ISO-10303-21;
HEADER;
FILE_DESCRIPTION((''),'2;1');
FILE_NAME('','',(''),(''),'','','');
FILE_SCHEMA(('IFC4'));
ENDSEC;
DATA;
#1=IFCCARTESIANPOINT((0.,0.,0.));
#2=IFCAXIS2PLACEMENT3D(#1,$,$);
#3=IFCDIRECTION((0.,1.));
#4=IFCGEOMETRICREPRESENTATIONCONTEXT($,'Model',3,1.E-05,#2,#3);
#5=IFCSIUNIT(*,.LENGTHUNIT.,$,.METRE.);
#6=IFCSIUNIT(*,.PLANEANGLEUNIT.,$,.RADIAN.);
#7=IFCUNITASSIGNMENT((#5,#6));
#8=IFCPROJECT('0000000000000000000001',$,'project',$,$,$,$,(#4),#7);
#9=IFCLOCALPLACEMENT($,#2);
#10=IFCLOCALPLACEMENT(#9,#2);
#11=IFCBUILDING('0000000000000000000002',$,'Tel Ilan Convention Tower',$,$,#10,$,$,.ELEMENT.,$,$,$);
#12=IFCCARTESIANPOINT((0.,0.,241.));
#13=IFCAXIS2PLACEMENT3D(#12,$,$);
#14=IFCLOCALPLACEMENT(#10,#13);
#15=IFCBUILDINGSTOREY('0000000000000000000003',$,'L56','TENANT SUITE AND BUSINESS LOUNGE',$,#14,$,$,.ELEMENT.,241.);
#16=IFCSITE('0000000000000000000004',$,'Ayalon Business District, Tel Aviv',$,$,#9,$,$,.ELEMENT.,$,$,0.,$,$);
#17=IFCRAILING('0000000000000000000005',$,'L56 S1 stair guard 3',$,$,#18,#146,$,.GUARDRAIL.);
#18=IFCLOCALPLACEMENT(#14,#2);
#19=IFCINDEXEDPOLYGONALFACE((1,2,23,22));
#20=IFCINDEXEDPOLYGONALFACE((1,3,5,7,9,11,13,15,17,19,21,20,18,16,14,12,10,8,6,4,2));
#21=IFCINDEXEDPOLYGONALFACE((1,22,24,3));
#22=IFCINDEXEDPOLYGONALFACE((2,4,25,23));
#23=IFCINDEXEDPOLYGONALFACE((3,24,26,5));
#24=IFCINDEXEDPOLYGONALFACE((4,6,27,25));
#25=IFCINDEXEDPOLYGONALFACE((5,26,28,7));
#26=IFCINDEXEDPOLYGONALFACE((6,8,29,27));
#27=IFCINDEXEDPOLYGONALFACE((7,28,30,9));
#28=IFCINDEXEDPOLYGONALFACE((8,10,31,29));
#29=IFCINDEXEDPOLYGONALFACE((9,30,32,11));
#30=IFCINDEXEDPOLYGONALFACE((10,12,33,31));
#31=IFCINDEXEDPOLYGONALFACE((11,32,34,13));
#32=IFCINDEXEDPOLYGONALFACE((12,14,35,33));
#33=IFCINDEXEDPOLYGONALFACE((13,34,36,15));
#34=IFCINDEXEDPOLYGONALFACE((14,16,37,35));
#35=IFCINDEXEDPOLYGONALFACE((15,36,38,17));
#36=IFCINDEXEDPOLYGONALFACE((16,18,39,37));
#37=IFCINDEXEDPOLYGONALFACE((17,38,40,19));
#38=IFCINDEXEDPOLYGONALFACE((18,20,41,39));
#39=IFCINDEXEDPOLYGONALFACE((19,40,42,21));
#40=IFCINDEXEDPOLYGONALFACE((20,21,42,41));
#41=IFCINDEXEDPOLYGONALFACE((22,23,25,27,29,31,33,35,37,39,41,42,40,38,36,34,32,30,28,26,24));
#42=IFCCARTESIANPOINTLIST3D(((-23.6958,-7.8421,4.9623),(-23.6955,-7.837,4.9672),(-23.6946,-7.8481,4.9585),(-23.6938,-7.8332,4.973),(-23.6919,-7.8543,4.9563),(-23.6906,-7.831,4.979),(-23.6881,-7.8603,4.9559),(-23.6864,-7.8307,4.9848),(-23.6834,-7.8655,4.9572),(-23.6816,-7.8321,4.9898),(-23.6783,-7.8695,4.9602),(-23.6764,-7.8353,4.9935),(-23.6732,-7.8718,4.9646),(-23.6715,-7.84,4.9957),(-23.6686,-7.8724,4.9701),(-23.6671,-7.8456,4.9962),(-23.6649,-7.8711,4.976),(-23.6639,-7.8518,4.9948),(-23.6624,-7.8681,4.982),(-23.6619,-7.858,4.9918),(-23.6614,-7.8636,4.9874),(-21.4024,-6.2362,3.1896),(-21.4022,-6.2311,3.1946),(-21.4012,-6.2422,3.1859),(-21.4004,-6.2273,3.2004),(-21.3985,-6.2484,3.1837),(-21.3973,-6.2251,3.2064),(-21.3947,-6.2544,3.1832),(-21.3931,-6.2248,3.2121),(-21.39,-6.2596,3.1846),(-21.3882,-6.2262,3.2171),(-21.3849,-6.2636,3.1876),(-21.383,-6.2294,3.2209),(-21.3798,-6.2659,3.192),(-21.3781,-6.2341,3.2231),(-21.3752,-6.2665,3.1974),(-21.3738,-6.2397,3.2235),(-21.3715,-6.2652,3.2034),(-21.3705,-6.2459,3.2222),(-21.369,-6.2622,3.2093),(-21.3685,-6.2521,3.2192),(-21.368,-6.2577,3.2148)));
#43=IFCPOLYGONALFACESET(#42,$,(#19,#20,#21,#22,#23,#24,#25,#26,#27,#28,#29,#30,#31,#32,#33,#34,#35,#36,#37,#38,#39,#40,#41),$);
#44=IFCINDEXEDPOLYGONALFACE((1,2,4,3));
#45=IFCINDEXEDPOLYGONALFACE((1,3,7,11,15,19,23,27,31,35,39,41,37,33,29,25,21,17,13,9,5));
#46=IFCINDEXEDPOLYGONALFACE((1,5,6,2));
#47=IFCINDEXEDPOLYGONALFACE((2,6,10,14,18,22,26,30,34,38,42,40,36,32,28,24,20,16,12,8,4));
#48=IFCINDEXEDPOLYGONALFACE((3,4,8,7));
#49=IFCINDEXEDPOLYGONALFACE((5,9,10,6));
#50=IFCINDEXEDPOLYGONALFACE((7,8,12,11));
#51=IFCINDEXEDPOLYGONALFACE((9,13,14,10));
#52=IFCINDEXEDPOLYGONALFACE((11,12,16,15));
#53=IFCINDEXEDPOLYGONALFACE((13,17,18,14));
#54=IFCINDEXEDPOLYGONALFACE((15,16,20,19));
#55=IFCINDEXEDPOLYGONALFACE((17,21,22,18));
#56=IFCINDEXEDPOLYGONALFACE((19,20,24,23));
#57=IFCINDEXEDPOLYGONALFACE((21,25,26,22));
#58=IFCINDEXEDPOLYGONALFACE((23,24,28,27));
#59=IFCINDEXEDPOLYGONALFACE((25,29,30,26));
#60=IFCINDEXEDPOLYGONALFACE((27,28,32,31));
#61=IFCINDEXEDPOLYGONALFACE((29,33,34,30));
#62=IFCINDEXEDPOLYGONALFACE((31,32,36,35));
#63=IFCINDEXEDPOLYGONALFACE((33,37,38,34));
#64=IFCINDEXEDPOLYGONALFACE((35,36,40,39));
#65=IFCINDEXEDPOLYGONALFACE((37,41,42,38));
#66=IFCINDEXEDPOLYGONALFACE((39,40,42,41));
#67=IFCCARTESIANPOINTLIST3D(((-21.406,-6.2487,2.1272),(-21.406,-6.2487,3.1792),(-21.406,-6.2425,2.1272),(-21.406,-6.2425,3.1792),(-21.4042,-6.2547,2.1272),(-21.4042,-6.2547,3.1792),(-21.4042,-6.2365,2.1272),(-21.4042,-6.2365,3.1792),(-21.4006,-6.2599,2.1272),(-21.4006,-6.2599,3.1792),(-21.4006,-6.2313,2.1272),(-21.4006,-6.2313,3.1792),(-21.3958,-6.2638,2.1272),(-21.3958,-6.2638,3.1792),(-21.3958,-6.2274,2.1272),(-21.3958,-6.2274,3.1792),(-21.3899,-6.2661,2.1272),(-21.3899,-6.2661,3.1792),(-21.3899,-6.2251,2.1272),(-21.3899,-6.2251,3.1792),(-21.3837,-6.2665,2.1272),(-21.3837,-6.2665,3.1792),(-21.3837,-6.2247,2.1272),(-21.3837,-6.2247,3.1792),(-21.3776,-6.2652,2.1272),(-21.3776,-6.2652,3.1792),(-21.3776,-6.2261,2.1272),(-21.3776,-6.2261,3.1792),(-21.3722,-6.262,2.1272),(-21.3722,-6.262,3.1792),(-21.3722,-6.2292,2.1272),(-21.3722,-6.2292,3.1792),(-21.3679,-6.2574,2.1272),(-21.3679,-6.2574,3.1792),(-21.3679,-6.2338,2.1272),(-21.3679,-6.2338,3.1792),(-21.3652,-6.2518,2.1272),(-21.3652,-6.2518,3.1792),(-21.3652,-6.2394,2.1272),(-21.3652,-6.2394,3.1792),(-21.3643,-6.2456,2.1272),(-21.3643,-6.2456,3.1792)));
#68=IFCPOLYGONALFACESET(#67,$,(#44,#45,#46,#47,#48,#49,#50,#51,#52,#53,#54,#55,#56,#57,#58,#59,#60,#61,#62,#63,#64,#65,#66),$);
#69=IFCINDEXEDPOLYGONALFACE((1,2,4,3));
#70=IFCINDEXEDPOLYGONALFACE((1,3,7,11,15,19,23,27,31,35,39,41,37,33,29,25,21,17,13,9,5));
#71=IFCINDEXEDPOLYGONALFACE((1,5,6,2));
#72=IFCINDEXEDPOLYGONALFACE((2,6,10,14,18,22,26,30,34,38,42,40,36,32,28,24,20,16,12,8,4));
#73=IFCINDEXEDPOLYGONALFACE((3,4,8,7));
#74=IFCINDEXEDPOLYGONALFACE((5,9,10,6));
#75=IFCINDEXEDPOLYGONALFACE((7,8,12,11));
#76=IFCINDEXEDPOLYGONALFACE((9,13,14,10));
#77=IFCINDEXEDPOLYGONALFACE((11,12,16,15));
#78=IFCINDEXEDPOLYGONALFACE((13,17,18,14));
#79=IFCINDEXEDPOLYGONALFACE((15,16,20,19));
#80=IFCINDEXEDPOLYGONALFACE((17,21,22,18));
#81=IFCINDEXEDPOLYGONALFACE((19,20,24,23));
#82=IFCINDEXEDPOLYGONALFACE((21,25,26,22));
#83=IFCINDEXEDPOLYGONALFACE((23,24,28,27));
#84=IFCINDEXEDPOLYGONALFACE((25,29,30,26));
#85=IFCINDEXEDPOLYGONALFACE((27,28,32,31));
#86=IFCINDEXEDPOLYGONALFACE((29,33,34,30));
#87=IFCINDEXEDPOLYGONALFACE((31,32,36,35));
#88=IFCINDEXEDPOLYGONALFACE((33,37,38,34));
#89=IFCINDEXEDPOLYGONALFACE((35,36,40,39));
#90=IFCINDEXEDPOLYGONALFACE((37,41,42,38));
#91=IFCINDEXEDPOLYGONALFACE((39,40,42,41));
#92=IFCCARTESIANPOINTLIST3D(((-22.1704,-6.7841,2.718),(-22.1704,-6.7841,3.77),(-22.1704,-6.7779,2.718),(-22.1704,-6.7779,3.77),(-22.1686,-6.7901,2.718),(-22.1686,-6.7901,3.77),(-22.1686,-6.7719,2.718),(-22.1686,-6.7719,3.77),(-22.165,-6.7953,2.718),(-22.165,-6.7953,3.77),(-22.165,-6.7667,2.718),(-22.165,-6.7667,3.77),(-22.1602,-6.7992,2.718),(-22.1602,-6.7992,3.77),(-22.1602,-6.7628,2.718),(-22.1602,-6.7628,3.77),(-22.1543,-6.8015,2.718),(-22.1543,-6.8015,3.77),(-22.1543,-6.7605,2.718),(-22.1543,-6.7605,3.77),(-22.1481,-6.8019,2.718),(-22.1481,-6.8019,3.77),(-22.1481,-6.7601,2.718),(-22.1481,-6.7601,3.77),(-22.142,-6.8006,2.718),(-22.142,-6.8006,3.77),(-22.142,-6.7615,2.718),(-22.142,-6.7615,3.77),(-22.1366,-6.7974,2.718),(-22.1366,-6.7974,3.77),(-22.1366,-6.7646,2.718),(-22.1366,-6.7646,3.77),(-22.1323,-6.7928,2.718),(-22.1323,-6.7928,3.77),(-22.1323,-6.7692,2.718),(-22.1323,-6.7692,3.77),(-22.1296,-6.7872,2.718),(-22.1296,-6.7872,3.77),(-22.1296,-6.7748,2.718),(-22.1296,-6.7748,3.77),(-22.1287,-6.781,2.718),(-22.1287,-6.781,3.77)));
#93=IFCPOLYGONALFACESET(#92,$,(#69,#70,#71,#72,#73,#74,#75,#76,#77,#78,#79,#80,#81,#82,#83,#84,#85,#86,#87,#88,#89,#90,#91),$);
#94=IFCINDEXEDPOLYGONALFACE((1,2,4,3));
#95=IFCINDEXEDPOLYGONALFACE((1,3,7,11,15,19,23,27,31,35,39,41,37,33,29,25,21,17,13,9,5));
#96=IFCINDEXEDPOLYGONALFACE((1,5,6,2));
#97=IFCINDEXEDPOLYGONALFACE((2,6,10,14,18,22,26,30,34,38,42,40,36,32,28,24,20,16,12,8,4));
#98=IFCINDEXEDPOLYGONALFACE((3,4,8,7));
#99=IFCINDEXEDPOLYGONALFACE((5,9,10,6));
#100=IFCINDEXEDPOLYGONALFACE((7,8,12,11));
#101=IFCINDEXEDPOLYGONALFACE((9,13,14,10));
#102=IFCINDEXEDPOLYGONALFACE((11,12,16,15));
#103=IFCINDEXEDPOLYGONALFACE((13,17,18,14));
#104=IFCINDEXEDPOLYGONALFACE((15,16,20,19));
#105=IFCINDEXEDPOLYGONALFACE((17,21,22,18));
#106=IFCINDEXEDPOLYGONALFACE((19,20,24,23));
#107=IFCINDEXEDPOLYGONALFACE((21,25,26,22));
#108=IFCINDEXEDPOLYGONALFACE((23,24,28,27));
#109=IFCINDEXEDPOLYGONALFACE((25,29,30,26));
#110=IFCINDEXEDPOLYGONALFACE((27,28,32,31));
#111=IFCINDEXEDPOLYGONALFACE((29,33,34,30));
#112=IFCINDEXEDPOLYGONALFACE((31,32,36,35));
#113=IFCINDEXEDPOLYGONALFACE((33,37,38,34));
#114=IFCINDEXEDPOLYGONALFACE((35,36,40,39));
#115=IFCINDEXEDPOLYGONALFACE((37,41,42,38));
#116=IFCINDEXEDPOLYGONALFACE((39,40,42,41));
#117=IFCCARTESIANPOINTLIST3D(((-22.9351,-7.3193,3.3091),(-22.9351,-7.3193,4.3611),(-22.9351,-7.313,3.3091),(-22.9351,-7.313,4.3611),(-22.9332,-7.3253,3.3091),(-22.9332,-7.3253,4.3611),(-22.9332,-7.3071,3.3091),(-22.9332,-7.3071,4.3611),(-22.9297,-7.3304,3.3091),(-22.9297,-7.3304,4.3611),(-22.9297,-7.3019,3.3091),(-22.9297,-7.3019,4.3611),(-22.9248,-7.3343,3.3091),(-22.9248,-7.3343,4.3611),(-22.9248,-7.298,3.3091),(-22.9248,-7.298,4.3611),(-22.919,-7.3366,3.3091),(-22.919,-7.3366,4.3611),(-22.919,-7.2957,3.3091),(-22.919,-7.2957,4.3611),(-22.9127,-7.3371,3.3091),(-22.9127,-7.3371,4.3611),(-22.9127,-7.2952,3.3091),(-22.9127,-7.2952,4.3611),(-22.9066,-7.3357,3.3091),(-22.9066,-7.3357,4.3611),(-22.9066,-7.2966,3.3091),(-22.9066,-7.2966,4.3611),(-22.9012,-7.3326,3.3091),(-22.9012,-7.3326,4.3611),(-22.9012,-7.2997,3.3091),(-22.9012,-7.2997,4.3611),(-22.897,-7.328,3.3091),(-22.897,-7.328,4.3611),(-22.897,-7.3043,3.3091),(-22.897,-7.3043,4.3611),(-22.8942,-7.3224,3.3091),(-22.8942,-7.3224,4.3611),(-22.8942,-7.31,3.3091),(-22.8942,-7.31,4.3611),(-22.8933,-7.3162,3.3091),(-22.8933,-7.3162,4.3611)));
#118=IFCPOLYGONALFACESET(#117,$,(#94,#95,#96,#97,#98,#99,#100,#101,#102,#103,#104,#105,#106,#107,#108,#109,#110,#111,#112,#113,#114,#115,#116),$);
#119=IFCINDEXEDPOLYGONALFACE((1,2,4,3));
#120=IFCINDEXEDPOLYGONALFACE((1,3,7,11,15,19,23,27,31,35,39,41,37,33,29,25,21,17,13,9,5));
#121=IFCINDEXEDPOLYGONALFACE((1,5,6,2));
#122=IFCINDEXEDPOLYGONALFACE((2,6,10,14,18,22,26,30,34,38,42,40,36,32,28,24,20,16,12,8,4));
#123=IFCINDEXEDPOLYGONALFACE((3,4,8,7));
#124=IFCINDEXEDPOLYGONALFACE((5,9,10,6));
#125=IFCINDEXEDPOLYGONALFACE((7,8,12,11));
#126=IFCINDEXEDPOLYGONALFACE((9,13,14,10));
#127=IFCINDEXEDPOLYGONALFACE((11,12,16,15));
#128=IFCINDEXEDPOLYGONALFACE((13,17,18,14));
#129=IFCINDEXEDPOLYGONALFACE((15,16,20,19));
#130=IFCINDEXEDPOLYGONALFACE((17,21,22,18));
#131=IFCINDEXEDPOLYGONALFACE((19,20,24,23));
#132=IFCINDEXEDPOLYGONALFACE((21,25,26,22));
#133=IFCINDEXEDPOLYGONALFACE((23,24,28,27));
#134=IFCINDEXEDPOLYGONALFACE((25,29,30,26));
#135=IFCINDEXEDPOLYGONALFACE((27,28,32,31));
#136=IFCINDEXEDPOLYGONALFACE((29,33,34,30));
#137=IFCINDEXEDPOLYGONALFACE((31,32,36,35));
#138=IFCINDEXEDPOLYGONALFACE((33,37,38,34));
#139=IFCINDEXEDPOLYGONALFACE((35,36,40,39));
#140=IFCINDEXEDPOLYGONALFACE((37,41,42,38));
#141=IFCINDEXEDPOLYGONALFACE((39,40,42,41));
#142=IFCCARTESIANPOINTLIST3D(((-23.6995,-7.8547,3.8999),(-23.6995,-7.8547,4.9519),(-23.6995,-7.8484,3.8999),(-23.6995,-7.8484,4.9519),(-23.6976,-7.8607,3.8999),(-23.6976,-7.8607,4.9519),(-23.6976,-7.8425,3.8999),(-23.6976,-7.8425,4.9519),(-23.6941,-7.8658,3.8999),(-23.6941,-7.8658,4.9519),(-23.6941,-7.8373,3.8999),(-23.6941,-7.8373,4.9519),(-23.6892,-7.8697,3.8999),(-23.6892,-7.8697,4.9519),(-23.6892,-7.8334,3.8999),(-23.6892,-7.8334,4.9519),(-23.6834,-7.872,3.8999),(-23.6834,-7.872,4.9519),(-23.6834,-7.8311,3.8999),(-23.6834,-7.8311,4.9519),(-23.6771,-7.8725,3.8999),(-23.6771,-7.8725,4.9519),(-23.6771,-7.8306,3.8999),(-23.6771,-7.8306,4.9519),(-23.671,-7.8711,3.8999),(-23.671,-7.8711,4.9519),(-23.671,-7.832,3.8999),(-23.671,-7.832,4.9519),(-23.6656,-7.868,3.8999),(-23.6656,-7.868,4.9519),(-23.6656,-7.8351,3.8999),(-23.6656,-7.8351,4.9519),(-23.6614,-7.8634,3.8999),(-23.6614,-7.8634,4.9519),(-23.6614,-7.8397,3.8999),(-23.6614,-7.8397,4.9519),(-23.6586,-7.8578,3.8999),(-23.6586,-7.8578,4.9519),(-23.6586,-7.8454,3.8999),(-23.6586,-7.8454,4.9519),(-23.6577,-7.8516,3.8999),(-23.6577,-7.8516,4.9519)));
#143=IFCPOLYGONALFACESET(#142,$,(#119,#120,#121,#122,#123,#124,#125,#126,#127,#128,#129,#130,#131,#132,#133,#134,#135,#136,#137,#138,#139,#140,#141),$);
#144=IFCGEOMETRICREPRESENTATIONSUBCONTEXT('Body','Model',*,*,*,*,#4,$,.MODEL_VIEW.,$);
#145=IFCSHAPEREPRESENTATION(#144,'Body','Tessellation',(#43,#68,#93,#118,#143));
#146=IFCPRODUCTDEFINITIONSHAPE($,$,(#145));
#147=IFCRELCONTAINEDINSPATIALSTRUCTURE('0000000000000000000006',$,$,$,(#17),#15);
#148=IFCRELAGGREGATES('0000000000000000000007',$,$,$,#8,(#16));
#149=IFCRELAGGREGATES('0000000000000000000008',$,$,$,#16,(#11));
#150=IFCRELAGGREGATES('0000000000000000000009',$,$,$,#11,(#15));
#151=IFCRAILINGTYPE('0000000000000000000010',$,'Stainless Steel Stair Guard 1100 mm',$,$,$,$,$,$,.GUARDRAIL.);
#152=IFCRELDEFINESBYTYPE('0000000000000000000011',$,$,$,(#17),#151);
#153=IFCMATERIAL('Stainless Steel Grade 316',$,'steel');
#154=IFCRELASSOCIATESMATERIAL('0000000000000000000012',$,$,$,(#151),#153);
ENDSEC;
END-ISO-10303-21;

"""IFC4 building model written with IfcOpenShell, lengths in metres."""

from ifc_helpers import new_model, si_unit, direction, frame, origin, origin_2d, place, context, subcontext, project, spatial, circle, extrude, material, type_object, element, save


model = new_model("IFC4")

# Units and contexts
model_context = context("Model", 3, precision=1e-05, world=origin(), true_north=direction((0.0, 1.0)))
body_context = subcontext(model_context, "Body", "Model", "MODEL_VIEW")
ifc_project = project(units=[si_unit("LENGTHUNIT", "METRE"), si_unit("PLANEANGLEUNIT", "RADIAN")], contexts=[model_context])

# Site, building, storey
site_placement = place(None, origin())
site = spatial("IfcSite", under=ifc_project, at=site_placement, Name="Ayalon Business District, Tel Aviv", CompositionType="ELEMENT", RefElevation=0.0)
building_placement = place(site_placement, origin())
building = spatial("IfcBuilding", under=site, at=building_placement, Name="Tel Ilan Convention Tower", CompositionType="ELEMENT")
storey_placement = place(building_placement, frame((0.0, 0.0, 241.0)))
storey = spatial("IfcBuildingStorey", under=building, at=storey_placement, Name="L56", Description="TENANT SUITE AND BUSINESS LOUNGE", CompositionType="ELEMENT", Elevation=241.0)

# Railing
ifc_material_1 = material(Name="Stainless Steel Grade 316", Category="steel")
railing_type_1 = type_object("IfcRailingType", Name="Stainless Steel Stair Guard 1100 mm", PredefinedType="GUARDRAIL", material=ifc_material_1)
railing_1_placement = place(storey_placement, frame((-21.3853, -6.2456, 2.1272)))
element("IfcRailing", 1, at=railing_1_placement, inside=storey, type_object=railing_type_1, Name="L56 S1 stair guard 3", PredefinedType="GUARDRAIL", context=body_context, shape_type="SweptSolid", body=[
    extrude(circle(Radius=0.0239, at=origin_2d()), frame((0.0, 0.0, 1.0762), z_axis=(-0.692085, -0.484621, 0.53494), x_axis=(0.573591, -0.819142, 0.0)), (0.0, 0.0, 1.0), 3.3137),
    extrude(circle(Radius=0.021, at=origin_2d()), origin(), (0.0, 0.0, 1.0), 1.052),
    extrude(circle(Radius=0.021, at=origin_2d()), frame((-0.7644, -0.5354, 0.5908)), (0.0, 0.0, 1.0), 1.052),
    extrude(circle(Radius=0.021, at=origin_2d()), frame((-1.5291, -1.0706, 1.1819)), (0.0, 0.0, 1.0), 1.052),
    extrude(circle(Radius=0.021, at=origin_2d()), frame((-2.2935, -1.606, 1.7727)), (0.0, 0.0, 1.0), 1.052),
])

save(model, "model.ifc")
